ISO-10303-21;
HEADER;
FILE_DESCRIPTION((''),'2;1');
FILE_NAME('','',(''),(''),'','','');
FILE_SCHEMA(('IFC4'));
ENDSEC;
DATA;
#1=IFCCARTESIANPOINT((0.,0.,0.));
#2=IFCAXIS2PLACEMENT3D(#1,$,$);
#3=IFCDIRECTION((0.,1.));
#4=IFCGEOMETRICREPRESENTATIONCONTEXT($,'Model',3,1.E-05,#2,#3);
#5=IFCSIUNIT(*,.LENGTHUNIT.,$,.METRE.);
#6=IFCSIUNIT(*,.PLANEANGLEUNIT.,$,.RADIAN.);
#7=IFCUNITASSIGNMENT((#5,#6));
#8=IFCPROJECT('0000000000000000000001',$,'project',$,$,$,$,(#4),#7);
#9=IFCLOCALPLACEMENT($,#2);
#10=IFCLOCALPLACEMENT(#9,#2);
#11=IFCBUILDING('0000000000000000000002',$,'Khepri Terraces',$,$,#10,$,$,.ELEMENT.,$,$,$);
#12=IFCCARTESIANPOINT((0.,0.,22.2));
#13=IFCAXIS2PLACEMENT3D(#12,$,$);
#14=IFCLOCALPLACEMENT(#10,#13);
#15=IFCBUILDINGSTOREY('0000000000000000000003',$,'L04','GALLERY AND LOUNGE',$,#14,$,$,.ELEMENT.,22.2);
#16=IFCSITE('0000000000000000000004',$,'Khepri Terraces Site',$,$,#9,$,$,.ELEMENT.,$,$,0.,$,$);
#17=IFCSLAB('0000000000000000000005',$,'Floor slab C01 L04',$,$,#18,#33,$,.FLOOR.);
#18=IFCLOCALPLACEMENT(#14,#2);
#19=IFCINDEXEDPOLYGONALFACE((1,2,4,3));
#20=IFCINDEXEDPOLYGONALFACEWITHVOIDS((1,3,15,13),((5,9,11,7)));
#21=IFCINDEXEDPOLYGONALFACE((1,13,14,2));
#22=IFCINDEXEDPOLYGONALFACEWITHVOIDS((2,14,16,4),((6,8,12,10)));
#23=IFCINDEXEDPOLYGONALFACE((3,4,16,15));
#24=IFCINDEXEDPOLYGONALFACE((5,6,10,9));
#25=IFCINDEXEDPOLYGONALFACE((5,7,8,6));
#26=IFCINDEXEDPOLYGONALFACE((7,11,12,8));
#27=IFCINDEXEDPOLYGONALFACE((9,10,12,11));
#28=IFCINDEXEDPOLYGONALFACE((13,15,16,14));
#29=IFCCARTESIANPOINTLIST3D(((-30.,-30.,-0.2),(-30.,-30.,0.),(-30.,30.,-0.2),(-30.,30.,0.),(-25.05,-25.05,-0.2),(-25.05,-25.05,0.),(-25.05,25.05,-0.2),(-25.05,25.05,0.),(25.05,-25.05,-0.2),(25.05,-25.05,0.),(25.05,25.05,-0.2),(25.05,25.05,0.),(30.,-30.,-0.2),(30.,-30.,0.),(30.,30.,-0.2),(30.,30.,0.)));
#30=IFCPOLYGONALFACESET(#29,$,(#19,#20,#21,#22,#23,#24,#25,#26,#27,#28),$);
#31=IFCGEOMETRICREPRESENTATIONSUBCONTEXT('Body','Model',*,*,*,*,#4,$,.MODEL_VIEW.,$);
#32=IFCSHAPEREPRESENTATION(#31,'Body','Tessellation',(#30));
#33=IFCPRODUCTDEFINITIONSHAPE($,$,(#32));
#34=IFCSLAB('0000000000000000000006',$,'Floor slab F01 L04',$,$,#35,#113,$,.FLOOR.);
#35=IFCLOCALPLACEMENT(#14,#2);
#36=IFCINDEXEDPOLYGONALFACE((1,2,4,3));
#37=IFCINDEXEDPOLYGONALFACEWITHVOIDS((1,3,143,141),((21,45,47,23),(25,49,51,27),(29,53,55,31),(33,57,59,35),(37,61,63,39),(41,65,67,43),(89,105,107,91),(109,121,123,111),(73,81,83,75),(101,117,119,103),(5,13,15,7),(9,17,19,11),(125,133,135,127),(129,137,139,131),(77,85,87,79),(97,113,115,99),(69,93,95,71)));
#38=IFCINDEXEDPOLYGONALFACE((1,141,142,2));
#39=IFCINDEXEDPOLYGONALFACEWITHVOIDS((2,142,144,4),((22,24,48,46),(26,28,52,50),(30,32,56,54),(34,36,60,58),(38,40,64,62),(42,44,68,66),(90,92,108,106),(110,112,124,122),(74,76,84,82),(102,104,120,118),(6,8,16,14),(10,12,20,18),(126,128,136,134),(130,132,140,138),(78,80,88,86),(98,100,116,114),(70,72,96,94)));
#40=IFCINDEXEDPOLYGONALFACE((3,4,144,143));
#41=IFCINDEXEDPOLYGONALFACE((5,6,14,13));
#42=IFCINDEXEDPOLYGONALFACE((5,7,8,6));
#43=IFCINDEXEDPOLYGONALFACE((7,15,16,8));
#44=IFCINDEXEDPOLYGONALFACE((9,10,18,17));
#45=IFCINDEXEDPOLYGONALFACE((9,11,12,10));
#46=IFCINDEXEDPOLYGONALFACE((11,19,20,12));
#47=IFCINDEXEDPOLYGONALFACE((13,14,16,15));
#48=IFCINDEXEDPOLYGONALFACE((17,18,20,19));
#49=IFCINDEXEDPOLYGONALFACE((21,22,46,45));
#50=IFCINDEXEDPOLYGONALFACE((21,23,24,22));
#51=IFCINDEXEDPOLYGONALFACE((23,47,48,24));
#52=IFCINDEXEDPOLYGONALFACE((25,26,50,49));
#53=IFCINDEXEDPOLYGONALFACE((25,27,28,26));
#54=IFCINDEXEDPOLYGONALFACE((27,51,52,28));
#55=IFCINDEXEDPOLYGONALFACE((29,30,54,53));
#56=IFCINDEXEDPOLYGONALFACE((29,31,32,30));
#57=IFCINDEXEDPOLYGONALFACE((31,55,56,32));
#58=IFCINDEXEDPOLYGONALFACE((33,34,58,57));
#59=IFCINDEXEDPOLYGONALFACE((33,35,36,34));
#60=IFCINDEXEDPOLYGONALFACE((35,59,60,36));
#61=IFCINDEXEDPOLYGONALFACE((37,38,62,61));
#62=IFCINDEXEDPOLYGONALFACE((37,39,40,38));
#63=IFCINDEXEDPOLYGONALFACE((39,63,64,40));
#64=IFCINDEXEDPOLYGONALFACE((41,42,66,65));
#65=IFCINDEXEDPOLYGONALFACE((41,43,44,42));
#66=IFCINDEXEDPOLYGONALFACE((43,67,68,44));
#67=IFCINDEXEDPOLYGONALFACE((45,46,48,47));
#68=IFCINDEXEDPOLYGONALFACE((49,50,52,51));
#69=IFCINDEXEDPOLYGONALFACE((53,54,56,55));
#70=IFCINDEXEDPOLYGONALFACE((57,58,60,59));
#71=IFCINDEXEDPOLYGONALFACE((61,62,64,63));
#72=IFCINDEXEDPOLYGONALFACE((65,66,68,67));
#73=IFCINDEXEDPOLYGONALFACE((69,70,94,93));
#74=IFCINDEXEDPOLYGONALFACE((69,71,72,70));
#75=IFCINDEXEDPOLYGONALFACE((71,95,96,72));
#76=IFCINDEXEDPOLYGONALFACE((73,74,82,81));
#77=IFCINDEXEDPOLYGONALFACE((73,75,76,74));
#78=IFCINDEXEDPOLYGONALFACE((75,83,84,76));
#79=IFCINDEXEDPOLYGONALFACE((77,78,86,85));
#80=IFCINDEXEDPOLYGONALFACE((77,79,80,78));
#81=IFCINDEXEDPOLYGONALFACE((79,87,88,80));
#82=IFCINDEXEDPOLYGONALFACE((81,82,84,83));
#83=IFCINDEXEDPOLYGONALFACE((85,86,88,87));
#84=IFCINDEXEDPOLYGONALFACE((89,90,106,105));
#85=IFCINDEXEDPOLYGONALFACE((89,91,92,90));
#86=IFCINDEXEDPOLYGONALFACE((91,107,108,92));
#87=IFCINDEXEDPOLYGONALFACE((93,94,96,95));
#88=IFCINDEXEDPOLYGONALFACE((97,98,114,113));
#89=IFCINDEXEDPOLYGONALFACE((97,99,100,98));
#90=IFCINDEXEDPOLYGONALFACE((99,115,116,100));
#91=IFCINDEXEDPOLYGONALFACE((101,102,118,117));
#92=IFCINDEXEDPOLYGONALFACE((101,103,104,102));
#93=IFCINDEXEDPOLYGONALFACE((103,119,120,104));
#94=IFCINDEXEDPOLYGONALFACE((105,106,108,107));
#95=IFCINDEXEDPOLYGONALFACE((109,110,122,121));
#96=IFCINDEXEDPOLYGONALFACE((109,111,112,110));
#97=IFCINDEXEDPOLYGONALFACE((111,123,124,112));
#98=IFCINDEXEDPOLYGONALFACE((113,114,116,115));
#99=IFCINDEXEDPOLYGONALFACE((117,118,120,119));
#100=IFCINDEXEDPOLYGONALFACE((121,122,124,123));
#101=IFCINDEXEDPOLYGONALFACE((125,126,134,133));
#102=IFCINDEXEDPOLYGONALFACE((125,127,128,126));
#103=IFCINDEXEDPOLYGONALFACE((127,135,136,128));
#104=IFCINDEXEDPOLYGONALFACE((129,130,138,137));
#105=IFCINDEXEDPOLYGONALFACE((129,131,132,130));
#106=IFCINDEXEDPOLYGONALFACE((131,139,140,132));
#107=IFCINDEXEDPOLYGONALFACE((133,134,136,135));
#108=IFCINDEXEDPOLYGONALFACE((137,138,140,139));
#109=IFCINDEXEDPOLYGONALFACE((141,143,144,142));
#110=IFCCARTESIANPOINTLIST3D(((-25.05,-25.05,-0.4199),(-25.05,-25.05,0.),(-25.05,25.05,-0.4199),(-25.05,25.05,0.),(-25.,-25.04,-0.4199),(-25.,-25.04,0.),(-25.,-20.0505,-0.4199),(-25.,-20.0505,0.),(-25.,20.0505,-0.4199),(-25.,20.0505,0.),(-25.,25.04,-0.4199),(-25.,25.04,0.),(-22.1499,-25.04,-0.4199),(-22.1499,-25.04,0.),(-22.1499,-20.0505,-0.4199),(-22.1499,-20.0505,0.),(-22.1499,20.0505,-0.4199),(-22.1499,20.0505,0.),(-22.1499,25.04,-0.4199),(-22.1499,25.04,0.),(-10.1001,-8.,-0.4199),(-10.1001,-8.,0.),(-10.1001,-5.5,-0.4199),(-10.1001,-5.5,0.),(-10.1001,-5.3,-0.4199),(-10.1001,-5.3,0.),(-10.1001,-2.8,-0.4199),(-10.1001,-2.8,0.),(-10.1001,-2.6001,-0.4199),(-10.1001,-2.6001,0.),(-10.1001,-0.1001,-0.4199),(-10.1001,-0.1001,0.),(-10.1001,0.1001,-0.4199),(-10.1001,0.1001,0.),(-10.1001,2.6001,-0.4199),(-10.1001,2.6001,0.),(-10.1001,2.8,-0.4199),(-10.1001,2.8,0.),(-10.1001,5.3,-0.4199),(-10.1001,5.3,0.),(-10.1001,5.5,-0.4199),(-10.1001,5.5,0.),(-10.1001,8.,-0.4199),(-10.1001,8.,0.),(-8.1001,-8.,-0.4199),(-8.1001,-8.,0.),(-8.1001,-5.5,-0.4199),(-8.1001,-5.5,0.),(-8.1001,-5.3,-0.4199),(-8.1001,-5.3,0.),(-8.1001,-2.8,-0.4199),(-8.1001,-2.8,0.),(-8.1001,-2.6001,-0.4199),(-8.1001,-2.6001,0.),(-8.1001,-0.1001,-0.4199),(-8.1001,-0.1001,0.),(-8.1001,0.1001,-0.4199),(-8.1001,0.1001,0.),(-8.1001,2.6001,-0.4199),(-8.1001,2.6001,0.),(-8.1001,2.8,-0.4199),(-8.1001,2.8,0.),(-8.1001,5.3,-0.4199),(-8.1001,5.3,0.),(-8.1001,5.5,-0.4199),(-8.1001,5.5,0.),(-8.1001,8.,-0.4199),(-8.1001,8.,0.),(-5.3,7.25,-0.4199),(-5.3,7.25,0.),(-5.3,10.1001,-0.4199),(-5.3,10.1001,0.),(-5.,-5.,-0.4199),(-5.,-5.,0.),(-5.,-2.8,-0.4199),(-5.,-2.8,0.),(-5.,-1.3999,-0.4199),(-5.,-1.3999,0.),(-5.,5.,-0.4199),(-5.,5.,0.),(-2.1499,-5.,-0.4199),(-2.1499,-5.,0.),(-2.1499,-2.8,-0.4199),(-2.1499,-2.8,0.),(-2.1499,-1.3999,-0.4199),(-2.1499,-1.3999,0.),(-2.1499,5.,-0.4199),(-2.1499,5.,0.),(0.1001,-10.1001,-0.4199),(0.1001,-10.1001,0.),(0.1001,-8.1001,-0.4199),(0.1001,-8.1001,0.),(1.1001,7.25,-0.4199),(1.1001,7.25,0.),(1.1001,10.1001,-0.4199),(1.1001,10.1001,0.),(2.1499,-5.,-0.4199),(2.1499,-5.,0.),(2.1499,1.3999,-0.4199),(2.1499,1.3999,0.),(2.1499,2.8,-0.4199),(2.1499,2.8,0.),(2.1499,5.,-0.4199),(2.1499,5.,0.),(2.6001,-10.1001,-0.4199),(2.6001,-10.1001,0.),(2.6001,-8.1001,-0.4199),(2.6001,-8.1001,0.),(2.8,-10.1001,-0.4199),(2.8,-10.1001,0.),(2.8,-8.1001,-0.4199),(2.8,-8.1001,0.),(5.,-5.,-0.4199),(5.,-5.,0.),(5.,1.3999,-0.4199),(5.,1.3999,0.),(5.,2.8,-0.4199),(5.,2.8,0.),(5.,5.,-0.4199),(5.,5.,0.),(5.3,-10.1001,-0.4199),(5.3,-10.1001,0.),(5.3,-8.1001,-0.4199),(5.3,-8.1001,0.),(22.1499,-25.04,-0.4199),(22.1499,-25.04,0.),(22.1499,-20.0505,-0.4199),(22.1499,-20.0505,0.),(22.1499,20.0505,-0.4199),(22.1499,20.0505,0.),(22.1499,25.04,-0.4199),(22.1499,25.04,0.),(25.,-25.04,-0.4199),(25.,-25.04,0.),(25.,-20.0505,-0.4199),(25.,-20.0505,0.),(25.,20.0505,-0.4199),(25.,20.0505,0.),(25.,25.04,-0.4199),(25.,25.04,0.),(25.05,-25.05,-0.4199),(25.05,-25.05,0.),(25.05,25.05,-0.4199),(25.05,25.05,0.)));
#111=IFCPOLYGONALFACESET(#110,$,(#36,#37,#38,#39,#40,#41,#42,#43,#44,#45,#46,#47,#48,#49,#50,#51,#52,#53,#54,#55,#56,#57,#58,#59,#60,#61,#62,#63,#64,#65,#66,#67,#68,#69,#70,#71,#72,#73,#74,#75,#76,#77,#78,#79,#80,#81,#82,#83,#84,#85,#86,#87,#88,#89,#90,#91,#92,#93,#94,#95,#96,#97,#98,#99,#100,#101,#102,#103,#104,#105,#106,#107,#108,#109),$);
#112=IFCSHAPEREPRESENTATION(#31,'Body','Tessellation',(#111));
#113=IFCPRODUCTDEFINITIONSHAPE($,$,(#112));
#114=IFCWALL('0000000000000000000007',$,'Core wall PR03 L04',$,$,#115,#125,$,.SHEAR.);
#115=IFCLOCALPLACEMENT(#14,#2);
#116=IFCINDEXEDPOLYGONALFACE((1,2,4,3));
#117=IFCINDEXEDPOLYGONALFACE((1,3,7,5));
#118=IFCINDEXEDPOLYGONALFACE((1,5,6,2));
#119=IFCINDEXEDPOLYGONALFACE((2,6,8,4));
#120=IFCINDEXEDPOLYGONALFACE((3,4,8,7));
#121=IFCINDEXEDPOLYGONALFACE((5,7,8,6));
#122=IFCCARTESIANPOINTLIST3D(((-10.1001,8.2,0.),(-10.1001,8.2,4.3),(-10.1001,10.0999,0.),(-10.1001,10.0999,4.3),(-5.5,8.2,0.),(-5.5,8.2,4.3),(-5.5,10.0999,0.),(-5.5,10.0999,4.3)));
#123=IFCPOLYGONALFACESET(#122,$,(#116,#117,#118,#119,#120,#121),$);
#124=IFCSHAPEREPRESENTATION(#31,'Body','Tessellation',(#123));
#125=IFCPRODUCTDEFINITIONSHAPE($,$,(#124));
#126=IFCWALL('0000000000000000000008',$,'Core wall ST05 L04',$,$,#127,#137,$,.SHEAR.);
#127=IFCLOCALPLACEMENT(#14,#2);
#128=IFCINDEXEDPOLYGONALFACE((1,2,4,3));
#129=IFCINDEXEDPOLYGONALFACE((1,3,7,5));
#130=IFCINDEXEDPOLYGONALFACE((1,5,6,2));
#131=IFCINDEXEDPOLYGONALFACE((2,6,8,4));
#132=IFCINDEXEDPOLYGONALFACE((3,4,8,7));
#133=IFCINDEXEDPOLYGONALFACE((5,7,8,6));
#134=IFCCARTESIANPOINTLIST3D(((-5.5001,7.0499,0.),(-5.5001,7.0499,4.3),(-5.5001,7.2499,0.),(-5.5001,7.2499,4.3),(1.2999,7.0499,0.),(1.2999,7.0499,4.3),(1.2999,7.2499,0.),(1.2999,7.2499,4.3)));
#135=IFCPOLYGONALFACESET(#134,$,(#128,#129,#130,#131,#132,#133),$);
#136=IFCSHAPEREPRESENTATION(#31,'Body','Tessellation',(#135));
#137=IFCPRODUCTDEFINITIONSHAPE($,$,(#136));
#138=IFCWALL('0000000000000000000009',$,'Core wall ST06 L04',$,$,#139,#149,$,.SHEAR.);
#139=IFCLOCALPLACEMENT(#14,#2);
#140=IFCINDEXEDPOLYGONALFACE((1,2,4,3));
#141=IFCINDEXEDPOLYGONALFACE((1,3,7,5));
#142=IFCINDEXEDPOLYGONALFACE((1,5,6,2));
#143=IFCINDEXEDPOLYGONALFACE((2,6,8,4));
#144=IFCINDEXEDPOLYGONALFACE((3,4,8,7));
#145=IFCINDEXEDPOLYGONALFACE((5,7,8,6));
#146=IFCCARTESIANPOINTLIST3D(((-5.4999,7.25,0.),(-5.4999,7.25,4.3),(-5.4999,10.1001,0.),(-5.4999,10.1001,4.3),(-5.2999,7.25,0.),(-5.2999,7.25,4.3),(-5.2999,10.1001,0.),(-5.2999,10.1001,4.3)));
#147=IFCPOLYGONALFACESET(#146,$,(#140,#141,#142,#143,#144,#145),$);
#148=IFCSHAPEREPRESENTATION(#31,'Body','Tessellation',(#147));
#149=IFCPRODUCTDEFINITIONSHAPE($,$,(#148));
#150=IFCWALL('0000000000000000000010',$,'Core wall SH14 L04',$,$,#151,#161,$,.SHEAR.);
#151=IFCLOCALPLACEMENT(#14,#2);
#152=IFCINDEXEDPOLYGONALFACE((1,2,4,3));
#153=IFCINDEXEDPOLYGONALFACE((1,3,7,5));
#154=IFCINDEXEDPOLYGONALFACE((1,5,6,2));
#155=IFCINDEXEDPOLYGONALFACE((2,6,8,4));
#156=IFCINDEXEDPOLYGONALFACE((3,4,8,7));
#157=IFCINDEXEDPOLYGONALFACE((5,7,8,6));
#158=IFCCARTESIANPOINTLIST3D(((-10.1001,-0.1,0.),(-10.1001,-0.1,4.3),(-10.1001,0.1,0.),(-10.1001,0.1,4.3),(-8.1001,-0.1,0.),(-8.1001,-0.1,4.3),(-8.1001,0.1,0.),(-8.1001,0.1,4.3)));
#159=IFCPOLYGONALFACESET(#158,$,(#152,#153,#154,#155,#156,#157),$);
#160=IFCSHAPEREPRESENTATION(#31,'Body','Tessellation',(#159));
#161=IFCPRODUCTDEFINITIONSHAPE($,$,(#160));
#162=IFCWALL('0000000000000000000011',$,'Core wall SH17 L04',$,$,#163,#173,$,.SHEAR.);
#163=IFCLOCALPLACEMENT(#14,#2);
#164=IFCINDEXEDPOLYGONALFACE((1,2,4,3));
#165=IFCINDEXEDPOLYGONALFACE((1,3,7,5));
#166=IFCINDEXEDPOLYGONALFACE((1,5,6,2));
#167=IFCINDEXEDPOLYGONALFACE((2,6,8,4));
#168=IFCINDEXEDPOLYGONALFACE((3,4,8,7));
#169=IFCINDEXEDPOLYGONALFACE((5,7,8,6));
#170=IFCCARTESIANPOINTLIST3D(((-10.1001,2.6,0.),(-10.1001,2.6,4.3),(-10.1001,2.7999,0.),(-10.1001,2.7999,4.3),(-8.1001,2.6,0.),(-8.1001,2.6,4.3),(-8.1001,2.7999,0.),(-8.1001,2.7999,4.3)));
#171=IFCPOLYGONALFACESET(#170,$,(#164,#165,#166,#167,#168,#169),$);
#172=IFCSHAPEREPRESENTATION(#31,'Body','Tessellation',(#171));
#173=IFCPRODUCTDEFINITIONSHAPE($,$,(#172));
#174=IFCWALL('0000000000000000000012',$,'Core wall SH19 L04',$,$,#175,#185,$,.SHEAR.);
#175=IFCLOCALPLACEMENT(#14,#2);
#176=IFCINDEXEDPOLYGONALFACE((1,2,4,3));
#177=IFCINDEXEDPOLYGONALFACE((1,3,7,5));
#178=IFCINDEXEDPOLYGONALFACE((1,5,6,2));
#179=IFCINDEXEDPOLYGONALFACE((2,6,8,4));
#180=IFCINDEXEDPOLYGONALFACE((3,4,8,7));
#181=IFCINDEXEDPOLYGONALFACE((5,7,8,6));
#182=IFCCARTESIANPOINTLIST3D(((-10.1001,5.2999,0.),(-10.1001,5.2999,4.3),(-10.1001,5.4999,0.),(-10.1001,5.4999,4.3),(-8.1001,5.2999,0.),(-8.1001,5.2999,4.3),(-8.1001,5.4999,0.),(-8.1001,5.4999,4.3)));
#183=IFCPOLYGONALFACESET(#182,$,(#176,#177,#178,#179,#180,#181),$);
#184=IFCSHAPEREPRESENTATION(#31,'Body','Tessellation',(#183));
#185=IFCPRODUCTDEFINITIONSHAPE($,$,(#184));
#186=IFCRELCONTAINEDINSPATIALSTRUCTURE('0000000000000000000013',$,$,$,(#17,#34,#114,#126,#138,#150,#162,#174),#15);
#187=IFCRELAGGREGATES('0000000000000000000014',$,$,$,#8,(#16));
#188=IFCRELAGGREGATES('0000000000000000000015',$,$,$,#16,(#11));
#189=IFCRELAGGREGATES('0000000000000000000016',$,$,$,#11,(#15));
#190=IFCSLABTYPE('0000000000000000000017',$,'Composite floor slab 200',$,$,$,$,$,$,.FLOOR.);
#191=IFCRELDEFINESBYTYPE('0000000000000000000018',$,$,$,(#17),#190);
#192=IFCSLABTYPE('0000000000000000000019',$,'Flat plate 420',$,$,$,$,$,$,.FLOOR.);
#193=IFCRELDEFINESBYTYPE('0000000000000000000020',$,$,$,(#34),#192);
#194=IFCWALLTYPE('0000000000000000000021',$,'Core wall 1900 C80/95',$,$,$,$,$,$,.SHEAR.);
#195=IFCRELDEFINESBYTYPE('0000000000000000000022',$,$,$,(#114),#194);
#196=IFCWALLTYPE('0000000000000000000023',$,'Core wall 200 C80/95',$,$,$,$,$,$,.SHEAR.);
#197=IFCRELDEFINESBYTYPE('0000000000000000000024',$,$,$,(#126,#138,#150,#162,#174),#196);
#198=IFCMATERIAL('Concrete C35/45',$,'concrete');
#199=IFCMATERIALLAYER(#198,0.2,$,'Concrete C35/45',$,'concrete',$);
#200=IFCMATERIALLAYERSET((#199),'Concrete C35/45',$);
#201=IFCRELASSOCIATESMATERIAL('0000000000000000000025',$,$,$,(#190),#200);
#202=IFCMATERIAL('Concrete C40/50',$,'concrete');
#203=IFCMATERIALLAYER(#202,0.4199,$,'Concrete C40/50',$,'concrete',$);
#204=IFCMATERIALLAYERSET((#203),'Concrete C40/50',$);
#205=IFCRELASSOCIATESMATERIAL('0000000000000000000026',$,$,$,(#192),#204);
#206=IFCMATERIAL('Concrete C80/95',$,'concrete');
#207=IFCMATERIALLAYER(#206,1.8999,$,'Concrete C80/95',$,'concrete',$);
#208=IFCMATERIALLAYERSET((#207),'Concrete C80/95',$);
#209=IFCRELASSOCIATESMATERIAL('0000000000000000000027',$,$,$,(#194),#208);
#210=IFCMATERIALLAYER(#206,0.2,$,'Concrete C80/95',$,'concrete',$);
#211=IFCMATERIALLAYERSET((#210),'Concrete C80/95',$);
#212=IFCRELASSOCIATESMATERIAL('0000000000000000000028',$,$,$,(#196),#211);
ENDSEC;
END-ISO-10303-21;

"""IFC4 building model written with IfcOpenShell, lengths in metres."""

from ifc_helpers import new_model, si_unit, direction, frame, frame_2d, origin, place, context, subcontext, project, spatial, polyline, rectangle, outline, extrude, material, layer, layer_set, type_object, element, save


model = new_model("IFC4")

# Units and contexts
model_context = context("Model", 3, precision=1e-05, world=origin(), true_north=direction((0.0, 1.0)))
body_context = subcontext(model_context, "Body", "Model", "MODEL_VIEW")
ifc_project = project(units=[si_unit("LENGTHUNIT", "METRE"), si_unit("PLANEANGLEUNIT", "RADIAN")], contexts=[model_context])

# Site, building, storey
site_placement = place(None, origin())
site = spatial("IfcSite", under=ifc_project, at=site_placement, Name="Khepri Terraces Site", CompositionType="ELEMENT", RefElevation=0.0)
building_placement = place(site_placement, origin())
building = spatial("IfcBuilding", under=site, at=building_placement, Name="Khepri Terraces", CompositionType="ELEMENT")
storey_placement = place(building_placement, frame((0.0, 0.0, 22.2)))
storey = spatial("IfcBuildingStorey", under=building, at=storey_placement, Name="L04", Description="GALLERY AND LOUNGE", CompositionType="ELEMENT", Elevation=22.2)

# Slabs
ifc_material_1 = material(Name="Concrete C35/45", Category="concrete")
ifc_layer_1 = layer(ifc_material_1, 0.2, Name="Concrete C35/45", Category="concrete")
ifc_layer_set_1 = layer_set([ifc_layer_1], Name="Concrete C35/45")
slab_type_1 = type_object("IfcSlabType", Name="Composite floor slab 200", PredefinedType="FLOOR", material=ifc_layer_set_1)
slab_1_placement = place(storey_placement, frame((0.0, 0.0, -0.2)))
element("IfcSlab", 1, at=slab_1_placement, inside=storey, type_object=slab_type_1, Name="Floor slab C01 L04", PredefinedType="FLOOR", context=body_context, shape_type="SweptSolid", body=[
    extrude(outline(polyline([(-30.0, -30.0), (-30.0, 30.0), (30.0, 30.0), (30.0, -30.0), (-30.0, -30.0)]), holes=[polyline([(25.05, 25.05), (-25.05, 25.05), (-25.05, -25.05), (25.05, -25.05), (25.05, 25.05)])]), origin(), (0.0, 0.0, 1.0), 0.2),
])
ifc_material_2 = material(Name="Concrete C40/50", Category="concrete")
ifc_layer_2 = layer(ifc_material_2, 0.4199, Name="Concrete C40/50", Category="concrete")
ifc_layer_set_2 = layer_set([ifc_layer_2], Name="Concrete C40/50")
slab_type_2 = type_object("IfcSlabType", Name="Flat plate 420", PredefinedType="FLOOR", material=ifc_layer_set_2)
slab_2_placement = place(storey_placement, frame((0.0, 0.0, -0.4199)))
element("IfcSlab", 2, at=slab_2_placement, inside=storey, type_object=slab_type_2, Name="Floor slab F01 L04", PredefinedType="FLOOR", context=body_context, shape_type="SweptSolid", body=[
    extrude(outline(polyline([(-25.05, 25.05), (25.05, 25.05), (25.05, -25.05), (-25.05, -25.05), (-25.05, 25.05)]), holes=[polyline([(5.0, 5.0), (2.1499, 5.0), (2.1499, 2.8), (5.0, 2.8), (5.0, 5.0)]), polyline([(-2.1499, -5.0), (-2.1499, -2.8), (-5.0, -2.8), (-5.0, -5.0), (-2.1499, -5.0)]), polyline([(-10.1001, -8.0), (-8.1001, -8.0), (-8.1001, -5.5), (-10.1001, -5.5), (-10.1001, -8.0)]), polyline([(-10.1001, -2.8), (-10.1001, -5.3), (-8.1001, -5.3), (-8.1001, -2.8), (-10.1001, -2.8)]), polyline([(-8.1001, -0.1001), (-10.1001, -0.1001), (-10.1001, -2.6001), (-8.1001, -2.6001), (-8.1001, -0.1001)]), polyline([(-8.1001, 0.1001), (-8.1001, 2.6001), (-10.1001, 2.6001), (-10.1001, 0.1001), (-8.1001, 0.1001)]), polyline([(-10.1001, 2.8), (-8.1001, 2.8), (-8.1001, 5.3), (-10.1001, 5.3), (-10.1001, 2.8)]), polyline([(-10.1001, 8.0), (-10.1001, 5.5), (-8.1001, 5.5), (-8.1001, 8.0), (-10.1001, 8.0)]), polyline([(2.6001, -8.1001), (0.1001, -8.1001), (0.1001, -10.1001), (2.6001, -10.1001), (2.6001, -8.1001)]), polyline([(5.3, -10.1001), (5.3, -8.1001), (2.8, -8.1001), (2.8, -10.1001), (5.3, -10.1001)]), polyline([(-5.0, -1.3999), (-2.1499, -1.3999), (-2.1499, 5.0), (-5.0, 5.0), (-5.0, -1.3999)]), polyline([(5.0, -5.0), (5.0, 1.3999), (2.1499, 1.3999), (2.1499, -5.0), (5.0, -5.0)]), polyline([(-5.3, 10.1001), (-5.3, 7.25), (1.1001, 7.25), (1.1001, 10.1001), (-5.3, 10.1001)]), polyline([(22.1499, 25.04), (22.1499, 20.0505), (25.0, 20.0505), (25.0, 25.04), (22.1499, 25.04)]), polyline([(-22.1499, 25.04), (-25.0, 25.04), (-25.0, 20.0505), (-22.1499, 20.0505), (-22.1499, 25.04)]), polyline([(22.1499, -20.0505), (22.1499, -25.04), (25.0, -25.04), (25.0, -20.0505), (22.1499, -20.0505)]), polyline([(-22.1499, -20.0505), (-25.0, -20.0505), (-25.0, -25.04), (-22.1499, -25.04), (-22.1499, -20.0505)])]), origin(), (0.0, 0.0, 1.0), 0.4199),
])

# Walls
ifc_material_3 = material(Name="Concrete C80/95", Category="concrete")
ifc_layer_3 = layer(ifc_material_3, 1.8999, Name="Concrete C80/95", Category="concrete")
ifc_layer_set_3 = layer_set([ifc_layer_3], Name="Concrete C80/95")
wall_type_1 = type_object("IfcWallType", Name="Core wall 1900 C80/95", PredefinedType="SHEAR", material=ifc_layer_set_3)
wall_1_placement = place(storey_placement, frame((-10.1001, 9.1499, 0.0), z_axis=(0.0, 0.0, 1.0), x_axis=(1.0, 0.0, 0.0)))
element("IfcWall", 3, at=wall_1_placement, inside=storey, type_object=wall_type_1, Name="Core wall PR03 L04", PredefinedType="SHEAR", context=body_context, shape_type="SweptSolid", body=[
    extrude(rectangle(XDim=4.6001, YDim=1.8999, at=frame_2d((2.3, 0.0))), origin(), (0.0, 0.0, 1.0), 4.3),
])
ifc_layer_4 = layer(ifc_material_3, 0.2, Name="Concrete C80/95", Category="concrete")
ifc_layer_set_4 = layer_set([ifc_layer_4], Name="Concrete C80/95")
wall_type_2 = type_object("IfcWallType", Name="Core wall 200 C80/95", PredefinedType="SHEAR", material=ifc_layer_set_4)
wall_2_placement = place(storey_placement, frame((-5.5, 7.1499, 0.0), z_axis=(0.0, 0.0, 1.0), x_axis=(1.0, 0.0, 0.0)))
element("IfcWall", 4, at=wall_2_placement, inside=storey, type_object=wall_type_2, Name="Core wall ST05 L04", PredefinedType="SHEAR", context=body_context, shape_type="SweptSolid", body=[
    extrude(rectangle(XDim=6.8, YDim=0.2, at=frame_2d((3.3999, 0.0))), origin(), (0.0, 0.0, 1.0), 4.3),
])
wall_3_placement = place(storey_placement, frame((-5.3999, 7.25, 0.0), z_axis=(0.0, 0.0, 1.0), x_axis=(0.0, 1.0, 0.0)))
element("IfcWall", 5, at=wall_3_placement, inside=storey, type_object=wall_type_2, Name="Core wall ST06 L04", PredefinedType="SHEAR", context=body_context, shape_type="SweptSolid", body=[
    extrude(rectangle(XDim=2.8501, YDim=0.2, at=frame_2d((1.425, 0.0))), origin(), (0.0, 0.0, 1.0), 4.3),
])
for number, where, z_axis, x_axis, name in (
    (6, (-10.1001, 0.0, 0.0), (0.0, 0.0, 1.0), (1.0, 0.0, 0.0), "Core wall SH14 L04"),
    (7, (-10.1001, 2.7, 0.0), (0.0, 0.0, 1.0), (1.0, 0.0, 0.0), "Core wall SH17 L04"),
    (8, (-10.1001, 5.3999, 0.0), (0.0, 0.0, 1.0), (1.0, 0.0, 0.0), "Core wall SH19 L04"),
):
    element("IfcWall", number, at=place(storey_placement, frame(where, z_axis=z_axis, x_axis=x_axis)), inside=storey, type_object=wall_type_2, Name=name, PredefinedType="SHEAR", context=body_context, shape_type="SweptSolid", body=[
        extrude(rectangle(XDim=2.0, YDim=0.2, at=frame_2d((1.0, 0.0))), origin(), (0.0, 0.0, 1.0), 4.3),
    ])

save(model, "model.ifc")
